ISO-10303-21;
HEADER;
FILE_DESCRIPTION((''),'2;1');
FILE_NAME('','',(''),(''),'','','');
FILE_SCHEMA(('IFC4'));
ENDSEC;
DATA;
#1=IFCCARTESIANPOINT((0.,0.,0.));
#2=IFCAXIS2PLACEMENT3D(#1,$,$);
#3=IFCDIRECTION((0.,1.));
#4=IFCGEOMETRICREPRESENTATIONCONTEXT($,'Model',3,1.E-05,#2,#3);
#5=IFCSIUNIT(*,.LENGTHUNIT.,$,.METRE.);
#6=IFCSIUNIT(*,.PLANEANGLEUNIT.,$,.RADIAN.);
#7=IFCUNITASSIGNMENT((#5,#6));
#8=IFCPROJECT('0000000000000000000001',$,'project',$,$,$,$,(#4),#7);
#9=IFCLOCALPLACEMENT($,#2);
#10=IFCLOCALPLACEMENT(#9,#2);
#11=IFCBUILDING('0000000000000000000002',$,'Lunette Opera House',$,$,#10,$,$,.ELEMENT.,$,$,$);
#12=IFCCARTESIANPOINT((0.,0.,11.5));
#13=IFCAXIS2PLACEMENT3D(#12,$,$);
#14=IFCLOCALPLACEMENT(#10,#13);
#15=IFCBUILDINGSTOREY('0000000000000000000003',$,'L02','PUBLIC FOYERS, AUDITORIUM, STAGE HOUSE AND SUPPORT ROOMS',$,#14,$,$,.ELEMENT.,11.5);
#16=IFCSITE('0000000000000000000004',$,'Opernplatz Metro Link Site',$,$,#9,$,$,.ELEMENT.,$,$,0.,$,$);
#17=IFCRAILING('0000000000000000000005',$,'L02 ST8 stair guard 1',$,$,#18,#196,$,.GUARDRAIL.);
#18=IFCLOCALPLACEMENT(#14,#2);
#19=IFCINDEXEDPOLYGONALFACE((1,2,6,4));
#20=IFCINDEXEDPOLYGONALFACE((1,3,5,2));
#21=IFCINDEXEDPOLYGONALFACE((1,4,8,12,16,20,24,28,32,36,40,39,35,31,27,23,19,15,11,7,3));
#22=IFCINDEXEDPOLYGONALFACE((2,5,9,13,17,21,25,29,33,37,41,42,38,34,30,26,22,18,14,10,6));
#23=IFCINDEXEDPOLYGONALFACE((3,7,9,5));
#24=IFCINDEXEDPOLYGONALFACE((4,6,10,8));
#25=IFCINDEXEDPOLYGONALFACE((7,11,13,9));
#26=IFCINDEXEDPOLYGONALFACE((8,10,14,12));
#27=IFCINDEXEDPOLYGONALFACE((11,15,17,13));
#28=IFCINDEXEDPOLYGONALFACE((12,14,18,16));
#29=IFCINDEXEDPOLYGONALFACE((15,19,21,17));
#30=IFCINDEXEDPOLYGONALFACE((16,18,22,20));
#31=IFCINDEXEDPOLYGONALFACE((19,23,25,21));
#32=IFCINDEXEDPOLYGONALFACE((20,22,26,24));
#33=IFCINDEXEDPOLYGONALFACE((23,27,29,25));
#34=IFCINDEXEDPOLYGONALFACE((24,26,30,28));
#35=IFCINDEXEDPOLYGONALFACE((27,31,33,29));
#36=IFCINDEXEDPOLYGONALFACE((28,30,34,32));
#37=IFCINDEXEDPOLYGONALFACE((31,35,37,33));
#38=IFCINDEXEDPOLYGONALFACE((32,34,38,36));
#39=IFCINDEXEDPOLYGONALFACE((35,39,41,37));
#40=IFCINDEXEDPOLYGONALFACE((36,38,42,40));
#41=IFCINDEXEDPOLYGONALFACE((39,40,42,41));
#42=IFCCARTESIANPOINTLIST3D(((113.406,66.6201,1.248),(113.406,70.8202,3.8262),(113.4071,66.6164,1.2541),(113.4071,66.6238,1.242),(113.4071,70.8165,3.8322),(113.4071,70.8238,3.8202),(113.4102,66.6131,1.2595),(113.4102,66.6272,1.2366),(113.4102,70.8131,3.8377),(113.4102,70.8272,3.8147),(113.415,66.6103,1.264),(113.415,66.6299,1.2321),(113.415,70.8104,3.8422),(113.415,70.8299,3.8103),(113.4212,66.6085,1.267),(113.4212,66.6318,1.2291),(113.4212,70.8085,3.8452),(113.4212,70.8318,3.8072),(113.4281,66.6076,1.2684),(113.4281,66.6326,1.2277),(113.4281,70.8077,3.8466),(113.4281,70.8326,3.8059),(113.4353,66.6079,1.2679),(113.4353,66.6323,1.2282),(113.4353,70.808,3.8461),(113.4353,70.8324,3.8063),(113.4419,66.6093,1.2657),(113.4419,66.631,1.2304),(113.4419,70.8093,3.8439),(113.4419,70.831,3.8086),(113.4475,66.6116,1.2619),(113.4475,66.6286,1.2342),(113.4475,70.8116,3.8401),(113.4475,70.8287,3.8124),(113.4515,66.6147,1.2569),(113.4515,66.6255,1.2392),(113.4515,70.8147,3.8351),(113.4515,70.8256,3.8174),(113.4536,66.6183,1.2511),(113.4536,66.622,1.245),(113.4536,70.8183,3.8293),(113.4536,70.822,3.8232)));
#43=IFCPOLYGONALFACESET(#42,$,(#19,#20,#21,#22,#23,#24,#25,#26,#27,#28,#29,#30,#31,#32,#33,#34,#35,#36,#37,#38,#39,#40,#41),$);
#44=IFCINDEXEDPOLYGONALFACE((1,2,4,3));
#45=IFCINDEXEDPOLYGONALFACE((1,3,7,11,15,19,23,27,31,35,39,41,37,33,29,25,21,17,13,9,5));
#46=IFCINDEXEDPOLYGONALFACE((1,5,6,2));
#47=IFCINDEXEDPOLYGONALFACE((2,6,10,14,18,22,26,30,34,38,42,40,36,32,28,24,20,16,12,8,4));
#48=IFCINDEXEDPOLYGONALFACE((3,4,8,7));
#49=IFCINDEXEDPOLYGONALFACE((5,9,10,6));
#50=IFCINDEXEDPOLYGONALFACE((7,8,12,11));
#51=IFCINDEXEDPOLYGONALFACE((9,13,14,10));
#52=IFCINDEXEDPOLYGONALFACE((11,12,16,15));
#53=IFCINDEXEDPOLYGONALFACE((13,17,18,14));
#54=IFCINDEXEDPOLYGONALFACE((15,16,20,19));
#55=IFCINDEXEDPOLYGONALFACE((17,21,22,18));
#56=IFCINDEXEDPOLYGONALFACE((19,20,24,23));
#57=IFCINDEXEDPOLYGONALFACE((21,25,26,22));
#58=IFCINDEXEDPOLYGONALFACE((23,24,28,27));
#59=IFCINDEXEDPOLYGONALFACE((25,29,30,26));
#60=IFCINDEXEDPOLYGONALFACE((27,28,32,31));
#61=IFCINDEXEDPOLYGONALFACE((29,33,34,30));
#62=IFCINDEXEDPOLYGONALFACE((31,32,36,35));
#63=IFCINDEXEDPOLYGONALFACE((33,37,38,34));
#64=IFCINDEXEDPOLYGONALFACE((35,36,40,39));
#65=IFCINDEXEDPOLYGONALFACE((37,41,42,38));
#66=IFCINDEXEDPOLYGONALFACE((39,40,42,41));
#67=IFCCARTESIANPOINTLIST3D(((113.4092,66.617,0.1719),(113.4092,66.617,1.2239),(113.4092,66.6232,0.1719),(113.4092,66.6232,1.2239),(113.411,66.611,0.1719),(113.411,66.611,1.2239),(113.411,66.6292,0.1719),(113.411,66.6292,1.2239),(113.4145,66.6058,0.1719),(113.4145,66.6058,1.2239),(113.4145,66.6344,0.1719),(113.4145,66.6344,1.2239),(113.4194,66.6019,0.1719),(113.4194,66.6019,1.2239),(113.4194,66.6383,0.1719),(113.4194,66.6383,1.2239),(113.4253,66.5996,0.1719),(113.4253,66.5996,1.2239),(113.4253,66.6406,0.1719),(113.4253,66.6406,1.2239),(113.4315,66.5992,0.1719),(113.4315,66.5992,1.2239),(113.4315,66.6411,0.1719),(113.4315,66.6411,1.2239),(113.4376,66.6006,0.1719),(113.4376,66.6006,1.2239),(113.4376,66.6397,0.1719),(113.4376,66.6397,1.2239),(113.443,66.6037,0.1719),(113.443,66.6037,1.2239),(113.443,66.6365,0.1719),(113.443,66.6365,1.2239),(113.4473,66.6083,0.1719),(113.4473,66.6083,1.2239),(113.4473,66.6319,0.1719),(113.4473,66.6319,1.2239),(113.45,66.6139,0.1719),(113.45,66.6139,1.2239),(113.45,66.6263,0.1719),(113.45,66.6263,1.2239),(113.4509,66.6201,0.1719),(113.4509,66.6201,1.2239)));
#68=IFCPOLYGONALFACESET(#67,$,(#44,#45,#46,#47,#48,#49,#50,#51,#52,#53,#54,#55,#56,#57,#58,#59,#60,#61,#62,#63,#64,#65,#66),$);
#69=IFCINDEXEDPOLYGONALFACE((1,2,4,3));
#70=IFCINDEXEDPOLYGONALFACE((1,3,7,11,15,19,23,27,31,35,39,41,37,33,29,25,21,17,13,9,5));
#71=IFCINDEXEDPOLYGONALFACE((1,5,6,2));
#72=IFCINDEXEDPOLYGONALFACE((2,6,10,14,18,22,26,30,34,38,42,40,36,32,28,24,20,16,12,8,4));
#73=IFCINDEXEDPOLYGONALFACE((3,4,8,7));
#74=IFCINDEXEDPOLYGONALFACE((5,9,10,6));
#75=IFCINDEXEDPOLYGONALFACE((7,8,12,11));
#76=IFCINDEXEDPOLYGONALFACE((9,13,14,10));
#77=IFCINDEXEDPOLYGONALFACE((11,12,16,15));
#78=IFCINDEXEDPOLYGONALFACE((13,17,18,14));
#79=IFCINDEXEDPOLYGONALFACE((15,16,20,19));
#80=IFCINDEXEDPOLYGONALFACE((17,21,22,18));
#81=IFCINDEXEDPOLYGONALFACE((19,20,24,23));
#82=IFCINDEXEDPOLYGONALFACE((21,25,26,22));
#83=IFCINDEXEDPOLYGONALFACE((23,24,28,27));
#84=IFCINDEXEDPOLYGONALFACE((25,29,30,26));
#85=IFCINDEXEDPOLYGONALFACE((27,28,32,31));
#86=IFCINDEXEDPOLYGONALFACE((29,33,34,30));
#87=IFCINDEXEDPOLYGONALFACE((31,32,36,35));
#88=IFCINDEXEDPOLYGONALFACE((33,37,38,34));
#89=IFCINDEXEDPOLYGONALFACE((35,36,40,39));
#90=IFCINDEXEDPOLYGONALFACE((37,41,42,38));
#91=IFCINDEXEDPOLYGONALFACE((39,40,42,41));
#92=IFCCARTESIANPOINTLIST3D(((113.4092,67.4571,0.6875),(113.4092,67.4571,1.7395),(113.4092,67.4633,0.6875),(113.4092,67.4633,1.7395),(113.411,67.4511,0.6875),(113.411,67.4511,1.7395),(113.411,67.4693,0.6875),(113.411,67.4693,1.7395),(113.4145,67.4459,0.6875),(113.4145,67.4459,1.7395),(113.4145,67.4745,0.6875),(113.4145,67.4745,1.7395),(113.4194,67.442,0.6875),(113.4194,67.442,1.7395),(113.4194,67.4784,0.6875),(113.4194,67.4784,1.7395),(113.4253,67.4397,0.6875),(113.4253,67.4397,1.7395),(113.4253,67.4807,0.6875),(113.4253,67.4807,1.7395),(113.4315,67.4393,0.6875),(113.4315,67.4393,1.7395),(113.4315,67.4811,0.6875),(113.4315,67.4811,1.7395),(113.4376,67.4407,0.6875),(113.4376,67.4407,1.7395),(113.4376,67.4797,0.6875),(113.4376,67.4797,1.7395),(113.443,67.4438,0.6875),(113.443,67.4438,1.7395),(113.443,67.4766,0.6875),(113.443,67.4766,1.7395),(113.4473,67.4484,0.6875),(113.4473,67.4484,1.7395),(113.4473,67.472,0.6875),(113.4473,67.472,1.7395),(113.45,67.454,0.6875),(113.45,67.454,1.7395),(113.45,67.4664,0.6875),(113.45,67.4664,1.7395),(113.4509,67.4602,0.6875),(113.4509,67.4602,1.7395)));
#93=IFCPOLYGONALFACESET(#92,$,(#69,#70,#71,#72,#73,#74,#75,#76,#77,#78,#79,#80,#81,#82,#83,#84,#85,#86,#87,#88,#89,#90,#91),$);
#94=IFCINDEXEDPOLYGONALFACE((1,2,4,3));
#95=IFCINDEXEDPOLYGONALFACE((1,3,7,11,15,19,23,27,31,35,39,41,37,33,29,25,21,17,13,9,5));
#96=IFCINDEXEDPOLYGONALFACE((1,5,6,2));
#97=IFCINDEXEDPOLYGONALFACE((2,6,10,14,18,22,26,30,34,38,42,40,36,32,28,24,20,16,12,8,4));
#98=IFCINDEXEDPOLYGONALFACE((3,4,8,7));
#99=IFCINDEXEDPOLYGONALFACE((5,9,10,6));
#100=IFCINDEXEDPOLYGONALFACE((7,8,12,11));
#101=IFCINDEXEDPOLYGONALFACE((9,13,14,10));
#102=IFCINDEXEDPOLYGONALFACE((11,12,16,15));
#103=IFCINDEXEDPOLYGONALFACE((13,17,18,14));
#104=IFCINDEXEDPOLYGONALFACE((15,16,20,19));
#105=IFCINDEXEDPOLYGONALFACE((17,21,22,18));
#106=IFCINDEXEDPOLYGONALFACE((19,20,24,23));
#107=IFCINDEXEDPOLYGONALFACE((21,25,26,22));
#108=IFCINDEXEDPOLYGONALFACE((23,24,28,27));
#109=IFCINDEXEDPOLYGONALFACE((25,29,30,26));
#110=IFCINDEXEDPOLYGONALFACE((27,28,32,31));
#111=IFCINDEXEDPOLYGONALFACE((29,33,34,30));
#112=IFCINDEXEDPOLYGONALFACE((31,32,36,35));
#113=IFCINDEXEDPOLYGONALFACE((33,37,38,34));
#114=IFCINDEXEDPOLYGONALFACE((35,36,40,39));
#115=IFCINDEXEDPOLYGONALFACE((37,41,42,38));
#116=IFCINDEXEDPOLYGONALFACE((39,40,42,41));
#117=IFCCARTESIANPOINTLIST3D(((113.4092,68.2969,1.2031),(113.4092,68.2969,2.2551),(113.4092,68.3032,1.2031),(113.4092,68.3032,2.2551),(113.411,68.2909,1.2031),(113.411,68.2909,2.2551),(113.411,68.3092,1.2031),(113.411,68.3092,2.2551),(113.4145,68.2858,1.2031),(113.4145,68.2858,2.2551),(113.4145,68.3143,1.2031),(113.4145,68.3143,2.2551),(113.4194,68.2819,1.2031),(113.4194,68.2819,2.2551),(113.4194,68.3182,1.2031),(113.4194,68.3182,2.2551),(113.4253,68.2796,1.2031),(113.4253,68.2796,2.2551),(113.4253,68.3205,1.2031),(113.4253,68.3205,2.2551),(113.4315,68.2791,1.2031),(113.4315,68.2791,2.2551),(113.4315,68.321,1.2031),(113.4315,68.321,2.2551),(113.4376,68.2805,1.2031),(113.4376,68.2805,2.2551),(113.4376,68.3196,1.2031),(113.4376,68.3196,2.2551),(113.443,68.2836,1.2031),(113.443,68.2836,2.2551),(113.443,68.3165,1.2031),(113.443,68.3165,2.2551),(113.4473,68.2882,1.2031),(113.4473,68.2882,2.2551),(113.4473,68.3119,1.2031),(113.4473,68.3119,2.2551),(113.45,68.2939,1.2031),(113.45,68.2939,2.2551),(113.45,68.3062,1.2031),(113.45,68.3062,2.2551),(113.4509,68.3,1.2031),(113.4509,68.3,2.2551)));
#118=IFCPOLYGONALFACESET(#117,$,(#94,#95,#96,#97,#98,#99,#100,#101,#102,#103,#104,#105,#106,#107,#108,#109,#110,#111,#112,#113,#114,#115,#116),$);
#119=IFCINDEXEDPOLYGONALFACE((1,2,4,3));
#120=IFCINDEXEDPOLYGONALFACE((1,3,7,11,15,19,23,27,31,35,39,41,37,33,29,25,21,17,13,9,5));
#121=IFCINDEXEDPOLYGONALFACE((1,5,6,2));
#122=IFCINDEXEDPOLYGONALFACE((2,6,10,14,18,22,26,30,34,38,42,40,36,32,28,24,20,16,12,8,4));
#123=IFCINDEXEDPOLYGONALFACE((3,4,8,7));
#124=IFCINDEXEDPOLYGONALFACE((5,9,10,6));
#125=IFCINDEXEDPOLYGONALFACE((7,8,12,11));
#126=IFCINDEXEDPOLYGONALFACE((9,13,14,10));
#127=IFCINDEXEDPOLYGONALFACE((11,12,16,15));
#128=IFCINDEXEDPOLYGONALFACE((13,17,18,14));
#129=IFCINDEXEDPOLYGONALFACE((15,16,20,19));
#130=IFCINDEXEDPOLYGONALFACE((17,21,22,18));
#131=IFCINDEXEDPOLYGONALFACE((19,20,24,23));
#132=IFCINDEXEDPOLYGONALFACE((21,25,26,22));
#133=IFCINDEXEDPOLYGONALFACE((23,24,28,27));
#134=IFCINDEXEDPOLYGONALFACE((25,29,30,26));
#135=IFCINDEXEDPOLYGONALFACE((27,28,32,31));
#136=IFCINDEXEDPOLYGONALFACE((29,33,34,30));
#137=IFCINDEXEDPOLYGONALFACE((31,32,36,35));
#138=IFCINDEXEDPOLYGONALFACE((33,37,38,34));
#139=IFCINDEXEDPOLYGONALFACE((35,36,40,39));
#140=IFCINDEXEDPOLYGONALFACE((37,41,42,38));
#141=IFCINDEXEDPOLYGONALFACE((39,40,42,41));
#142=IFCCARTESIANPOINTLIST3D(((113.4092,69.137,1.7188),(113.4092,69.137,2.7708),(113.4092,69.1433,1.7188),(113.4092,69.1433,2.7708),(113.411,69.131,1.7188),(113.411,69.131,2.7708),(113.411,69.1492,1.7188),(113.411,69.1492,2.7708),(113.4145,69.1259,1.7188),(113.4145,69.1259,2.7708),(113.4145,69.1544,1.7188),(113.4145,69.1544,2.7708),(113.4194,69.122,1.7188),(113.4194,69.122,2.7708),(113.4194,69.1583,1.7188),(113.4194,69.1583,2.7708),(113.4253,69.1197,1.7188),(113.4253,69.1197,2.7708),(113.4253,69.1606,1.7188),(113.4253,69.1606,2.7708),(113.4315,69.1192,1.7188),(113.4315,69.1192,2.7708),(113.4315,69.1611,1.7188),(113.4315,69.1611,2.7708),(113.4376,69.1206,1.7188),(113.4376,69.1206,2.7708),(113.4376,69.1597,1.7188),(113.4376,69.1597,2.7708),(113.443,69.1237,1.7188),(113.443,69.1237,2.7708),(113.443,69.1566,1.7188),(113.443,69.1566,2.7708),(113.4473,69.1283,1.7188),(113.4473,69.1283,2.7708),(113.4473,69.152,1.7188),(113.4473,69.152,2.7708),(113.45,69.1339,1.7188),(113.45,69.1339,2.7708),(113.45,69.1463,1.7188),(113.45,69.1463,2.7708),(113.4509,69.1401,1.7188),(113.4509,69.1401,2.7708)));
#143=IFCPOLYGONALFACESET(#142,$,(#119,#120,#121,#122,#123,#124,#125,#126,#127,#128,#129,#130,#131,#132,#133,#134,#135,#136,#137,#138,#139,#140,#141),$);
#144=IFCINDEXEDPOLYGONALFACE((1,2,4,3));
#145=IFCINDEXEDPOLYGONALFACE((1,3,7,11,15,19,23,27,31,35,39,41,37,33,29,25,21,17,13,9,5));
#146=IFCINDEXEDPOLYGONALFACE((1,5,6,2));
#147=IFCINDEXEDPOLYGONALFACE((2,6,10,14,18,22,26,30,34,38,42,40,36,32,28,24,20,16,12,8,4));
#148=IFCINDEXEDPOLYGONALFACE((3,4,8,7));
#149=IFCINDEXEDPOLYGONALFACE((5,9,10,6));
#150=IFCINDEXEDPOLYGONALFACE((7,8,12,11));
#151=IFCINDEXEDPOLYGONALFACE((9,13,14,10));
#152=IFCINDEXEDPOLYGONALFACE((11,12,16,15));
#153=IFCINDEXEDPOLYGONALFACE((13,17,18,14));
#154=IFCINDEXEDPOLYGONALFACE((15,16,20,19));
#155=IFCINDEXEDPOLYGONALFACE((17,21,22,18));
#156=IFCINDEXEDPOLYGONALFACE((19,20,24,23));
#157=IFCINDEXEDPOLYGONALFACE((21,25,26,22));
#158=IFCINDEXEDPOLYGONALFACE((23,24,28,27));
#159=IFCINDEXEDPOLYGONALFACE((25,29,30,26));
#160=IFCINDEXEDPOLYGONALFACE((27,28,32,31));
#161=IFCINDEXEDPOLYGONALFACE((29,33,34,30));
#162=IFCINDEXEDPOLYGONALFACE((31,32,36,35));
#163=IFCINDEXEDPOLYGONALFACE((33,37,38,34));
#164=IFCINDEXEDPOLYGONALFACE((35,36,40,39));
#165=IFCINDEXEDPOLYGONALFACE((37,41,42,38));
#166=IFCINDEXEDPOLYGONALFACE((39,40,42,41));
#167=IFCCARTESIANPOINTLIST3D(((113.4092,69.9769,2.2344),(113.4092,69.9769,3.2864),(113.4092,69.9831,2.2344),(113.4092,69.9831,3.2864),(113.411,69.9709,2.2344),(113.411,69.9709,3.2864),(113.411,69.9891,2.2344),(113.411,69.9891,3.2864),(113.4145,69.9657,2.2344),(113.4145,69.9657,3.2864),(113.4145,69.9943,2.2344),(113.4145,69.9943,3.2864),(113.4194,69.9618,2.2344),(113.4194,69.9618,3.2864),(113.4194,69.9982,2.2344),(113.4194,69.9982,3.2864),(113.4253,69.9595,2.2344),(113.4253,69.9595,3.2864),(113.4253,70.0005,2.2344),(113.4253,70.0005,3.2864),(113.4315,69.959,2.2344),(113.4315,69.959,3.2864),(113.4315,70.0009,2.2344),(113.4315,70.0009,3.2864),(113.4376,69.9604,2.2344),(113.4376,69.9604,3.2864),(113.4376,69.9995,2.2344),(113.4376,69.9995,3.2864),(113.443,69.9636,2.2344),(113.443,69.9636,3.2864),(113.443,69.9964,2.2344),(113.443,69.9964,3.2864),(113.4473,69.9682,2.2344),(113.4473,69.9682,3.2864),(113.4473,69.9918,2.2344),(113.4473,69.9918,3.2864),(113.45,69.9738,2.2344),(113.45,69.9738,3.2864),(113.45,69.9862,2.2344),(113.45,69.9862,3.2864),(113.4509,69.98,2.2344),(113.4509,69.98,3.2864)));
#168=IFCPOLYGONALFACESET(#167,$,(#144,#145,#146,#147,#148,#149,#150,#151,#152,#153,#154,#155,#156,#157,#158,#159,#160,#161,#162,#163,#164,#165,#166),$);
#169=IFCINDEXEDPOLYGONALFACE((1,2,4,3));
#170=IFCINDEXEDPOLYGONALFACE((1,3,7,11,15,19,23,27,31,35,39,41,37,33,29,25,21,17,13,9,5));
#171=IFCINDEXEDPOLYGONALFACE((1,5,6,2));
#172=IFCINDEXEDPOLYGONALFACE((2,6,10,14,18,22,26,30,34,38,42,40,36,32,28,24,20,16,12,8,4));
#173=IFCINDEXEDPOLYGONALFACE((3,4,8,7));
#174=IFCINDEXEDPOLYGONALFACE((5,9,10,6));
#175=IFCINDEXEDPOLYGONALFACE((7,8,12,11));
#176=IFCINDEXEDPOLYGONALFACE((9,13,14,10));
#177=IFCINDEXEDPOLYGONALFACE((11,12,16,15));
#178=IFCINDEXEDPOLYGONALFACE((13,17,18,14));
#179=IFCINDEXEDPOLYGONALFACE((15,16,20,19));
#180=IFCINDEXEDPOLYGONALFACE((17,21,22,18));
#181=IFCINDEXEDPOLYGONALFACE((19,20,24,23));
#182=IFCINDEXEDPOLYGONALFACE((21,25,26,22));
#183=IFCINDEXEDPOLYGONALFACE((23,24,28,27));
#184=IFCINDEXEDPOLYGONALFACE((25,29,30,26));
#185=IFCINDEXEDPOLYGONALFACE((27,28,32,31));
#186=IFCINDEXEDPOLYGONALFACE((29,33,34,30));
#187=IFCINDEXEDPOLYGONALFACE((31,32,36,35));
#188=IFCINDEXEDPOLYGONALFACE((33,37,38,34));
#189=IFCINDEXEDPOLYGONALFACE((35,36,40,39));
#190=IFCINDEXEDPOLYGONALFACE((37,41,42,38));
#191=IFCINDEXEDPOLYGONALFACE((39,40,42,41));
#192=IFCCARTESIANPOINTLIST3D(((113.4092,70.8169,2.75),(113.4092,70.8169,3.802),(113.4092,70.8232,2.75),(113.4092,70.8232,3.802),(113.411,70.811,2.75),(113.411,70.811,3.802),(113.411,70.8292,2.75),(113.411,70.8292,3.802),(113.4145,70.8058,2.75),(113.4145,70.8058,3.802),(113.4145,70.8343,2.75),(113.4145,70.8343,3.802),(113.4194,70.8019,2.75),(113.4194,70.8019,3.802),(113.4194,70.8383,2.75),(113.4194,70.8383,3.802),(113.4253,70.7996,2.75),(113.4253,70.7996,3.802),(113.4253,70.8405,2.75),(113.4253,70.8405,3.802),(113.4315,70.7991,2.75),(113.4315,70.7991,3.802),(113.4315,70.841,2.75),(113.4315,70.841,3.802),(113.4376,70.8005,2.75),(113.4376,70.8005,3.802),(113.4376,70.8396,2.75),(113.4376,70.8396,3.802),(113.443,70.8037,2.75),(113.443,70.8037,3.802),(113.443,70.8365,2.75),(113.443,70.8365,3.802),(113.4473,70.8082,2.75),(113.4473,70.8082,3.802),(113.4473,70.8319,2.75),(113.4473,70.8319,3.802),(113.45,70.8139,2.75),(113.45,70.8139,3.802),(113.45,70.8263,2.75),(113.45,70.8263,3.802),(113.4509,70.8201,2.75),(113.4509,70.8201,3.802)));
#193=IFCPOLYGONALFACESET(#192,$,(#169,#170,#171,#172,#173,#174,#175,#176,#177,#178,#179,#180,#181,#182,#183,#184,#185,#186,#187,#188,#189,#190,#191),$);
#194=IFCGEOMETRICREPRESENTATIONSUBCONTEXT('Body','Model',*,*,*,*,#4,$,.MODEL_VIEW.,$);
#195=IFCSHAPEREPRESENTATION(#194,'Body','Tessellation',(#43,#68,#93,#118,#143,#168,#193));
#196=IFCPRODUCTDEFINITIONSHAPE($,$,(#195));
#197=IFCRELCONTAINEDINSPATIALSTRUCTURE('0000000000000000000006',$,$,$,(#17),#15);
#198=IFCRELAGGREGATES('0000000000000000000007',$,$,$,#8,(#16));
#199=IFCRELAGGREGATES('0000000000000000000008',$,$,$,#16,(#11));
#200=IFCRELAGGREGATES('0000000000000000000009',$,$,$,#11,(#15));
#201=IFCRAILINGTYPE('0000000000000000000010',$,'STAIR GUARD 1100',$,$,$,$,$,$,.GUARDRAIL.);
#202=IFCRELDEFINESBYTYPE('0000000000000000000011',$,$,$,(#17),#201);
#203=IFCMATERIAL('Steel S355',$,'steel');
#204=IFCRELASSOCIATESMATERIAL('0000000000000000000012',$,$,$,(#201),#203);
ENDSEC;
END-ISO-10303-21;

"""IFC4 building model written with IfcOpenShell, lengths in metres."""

from ifc_helpers import new_model, si_unit, direction, frame, origin, origin_2d, place, context, subcontext, project, spatial, circle, extrude, material, type_object, element, save


model = new_model("IFC4")

# Units and contexts
model_context = context("Model", 3, precision=1e-05, world=origin(), true_north=direction((0.0, 1.0)))
body_context = subcontext(model_context, "Body", "Model", "MODEL_VIEW")
ifc_project = project(units=[si_unit("LENGTHUNIT", "METRE"), si_unit("PLANEANGLEUNIT", "RADIAN")], contexts=[model_context])

# Site, building, storey
site_placement = place(None, origin())
site = spatial("IfcSite", under=ifc_project, at=site_placement, Name="Opernplatz Metro Link Site", CompositionType="ELEMENT", RefElevation=0.0)
building_placement = place(site_placement, origin())
building = spatial("IfcBuilding", under=site, at=building_placement, Name="Lunette Opera House", CompositionType="ELEMENT")
storey_placement = place(building_placement, frame((0.0, 0.0, 11.5)))
storey = spatial("IfcBuildingStorey", under=building, at=storey_placement, Name="L02", Description="PUBLIC FOYERS, AUDITORIUM, STAGE HOUSE AND SUPPORT ROOMS", CompositionType="ELEMENT", Elevation=11.5)

# Railing
ifc_material_1 = material(Name="Steel S355", Category="steel")
railing_type_1 = type_object("IfcRailingType", Name="STAIR GUARD 1100", PredefinedType="GUARDRAIL", material=ifc_material_1)
railing_1_placement = place(storey_placement, frame((113.4299, 66.6201, 0.1719)))
element("IfcRailing", 1, at=railing_1_placement, inside=storey, type_object=railing_type_1, Name="L02 ST8 stair guard 1", PredefinedType="GUARDRAIL", context=body_context, shape_type="SweptSolid", body=[
    extrude(circle(Radius=0.0239, at=origin_2d()), frame((0.0, 0.0, 1.0762), z_axis=(0.0, 0.852243, 0.523146), x_axis=(-1.0, 0.0, 0.0)), (0.0, 0.0, 1.0), 4.9282),
    extrude(circle(Radius=0.021, at=origin_2d()), origin(), (0.0, 0.0, 1.0), 1.052),
    extrude(circle(Radius=0.021, at=origin_2d()), frame((0.0, 0.8401, 0.5156)), (0.0, 0.0, 1.0), 1.052),
    extrude(circle(Radius=0.021, at=origin_2d()), frame((0.0, 1.6799, 1.0312)), (0.0, 0.0, 1.0), 1.052),
    extrude(circle(Radius=0.021, at=origin_2d()), frame((0.0, 2.52, 1.5469)), (0.0, 0.0, 1.0), 1.052),
    extrude(circle(Radius=0.021, at=origin_2d()), frame((0.0, 3.3599, 2.0625)), (0.0, 0.0, 1.0), 1.052),
    extrude(circle(Radius=0.021, at=origin_2d()), frame((0.0, 4.2, 2.5781)), (0.0, 0.0, 1.0), 1.052),
])

save(model, "model.ifc")
